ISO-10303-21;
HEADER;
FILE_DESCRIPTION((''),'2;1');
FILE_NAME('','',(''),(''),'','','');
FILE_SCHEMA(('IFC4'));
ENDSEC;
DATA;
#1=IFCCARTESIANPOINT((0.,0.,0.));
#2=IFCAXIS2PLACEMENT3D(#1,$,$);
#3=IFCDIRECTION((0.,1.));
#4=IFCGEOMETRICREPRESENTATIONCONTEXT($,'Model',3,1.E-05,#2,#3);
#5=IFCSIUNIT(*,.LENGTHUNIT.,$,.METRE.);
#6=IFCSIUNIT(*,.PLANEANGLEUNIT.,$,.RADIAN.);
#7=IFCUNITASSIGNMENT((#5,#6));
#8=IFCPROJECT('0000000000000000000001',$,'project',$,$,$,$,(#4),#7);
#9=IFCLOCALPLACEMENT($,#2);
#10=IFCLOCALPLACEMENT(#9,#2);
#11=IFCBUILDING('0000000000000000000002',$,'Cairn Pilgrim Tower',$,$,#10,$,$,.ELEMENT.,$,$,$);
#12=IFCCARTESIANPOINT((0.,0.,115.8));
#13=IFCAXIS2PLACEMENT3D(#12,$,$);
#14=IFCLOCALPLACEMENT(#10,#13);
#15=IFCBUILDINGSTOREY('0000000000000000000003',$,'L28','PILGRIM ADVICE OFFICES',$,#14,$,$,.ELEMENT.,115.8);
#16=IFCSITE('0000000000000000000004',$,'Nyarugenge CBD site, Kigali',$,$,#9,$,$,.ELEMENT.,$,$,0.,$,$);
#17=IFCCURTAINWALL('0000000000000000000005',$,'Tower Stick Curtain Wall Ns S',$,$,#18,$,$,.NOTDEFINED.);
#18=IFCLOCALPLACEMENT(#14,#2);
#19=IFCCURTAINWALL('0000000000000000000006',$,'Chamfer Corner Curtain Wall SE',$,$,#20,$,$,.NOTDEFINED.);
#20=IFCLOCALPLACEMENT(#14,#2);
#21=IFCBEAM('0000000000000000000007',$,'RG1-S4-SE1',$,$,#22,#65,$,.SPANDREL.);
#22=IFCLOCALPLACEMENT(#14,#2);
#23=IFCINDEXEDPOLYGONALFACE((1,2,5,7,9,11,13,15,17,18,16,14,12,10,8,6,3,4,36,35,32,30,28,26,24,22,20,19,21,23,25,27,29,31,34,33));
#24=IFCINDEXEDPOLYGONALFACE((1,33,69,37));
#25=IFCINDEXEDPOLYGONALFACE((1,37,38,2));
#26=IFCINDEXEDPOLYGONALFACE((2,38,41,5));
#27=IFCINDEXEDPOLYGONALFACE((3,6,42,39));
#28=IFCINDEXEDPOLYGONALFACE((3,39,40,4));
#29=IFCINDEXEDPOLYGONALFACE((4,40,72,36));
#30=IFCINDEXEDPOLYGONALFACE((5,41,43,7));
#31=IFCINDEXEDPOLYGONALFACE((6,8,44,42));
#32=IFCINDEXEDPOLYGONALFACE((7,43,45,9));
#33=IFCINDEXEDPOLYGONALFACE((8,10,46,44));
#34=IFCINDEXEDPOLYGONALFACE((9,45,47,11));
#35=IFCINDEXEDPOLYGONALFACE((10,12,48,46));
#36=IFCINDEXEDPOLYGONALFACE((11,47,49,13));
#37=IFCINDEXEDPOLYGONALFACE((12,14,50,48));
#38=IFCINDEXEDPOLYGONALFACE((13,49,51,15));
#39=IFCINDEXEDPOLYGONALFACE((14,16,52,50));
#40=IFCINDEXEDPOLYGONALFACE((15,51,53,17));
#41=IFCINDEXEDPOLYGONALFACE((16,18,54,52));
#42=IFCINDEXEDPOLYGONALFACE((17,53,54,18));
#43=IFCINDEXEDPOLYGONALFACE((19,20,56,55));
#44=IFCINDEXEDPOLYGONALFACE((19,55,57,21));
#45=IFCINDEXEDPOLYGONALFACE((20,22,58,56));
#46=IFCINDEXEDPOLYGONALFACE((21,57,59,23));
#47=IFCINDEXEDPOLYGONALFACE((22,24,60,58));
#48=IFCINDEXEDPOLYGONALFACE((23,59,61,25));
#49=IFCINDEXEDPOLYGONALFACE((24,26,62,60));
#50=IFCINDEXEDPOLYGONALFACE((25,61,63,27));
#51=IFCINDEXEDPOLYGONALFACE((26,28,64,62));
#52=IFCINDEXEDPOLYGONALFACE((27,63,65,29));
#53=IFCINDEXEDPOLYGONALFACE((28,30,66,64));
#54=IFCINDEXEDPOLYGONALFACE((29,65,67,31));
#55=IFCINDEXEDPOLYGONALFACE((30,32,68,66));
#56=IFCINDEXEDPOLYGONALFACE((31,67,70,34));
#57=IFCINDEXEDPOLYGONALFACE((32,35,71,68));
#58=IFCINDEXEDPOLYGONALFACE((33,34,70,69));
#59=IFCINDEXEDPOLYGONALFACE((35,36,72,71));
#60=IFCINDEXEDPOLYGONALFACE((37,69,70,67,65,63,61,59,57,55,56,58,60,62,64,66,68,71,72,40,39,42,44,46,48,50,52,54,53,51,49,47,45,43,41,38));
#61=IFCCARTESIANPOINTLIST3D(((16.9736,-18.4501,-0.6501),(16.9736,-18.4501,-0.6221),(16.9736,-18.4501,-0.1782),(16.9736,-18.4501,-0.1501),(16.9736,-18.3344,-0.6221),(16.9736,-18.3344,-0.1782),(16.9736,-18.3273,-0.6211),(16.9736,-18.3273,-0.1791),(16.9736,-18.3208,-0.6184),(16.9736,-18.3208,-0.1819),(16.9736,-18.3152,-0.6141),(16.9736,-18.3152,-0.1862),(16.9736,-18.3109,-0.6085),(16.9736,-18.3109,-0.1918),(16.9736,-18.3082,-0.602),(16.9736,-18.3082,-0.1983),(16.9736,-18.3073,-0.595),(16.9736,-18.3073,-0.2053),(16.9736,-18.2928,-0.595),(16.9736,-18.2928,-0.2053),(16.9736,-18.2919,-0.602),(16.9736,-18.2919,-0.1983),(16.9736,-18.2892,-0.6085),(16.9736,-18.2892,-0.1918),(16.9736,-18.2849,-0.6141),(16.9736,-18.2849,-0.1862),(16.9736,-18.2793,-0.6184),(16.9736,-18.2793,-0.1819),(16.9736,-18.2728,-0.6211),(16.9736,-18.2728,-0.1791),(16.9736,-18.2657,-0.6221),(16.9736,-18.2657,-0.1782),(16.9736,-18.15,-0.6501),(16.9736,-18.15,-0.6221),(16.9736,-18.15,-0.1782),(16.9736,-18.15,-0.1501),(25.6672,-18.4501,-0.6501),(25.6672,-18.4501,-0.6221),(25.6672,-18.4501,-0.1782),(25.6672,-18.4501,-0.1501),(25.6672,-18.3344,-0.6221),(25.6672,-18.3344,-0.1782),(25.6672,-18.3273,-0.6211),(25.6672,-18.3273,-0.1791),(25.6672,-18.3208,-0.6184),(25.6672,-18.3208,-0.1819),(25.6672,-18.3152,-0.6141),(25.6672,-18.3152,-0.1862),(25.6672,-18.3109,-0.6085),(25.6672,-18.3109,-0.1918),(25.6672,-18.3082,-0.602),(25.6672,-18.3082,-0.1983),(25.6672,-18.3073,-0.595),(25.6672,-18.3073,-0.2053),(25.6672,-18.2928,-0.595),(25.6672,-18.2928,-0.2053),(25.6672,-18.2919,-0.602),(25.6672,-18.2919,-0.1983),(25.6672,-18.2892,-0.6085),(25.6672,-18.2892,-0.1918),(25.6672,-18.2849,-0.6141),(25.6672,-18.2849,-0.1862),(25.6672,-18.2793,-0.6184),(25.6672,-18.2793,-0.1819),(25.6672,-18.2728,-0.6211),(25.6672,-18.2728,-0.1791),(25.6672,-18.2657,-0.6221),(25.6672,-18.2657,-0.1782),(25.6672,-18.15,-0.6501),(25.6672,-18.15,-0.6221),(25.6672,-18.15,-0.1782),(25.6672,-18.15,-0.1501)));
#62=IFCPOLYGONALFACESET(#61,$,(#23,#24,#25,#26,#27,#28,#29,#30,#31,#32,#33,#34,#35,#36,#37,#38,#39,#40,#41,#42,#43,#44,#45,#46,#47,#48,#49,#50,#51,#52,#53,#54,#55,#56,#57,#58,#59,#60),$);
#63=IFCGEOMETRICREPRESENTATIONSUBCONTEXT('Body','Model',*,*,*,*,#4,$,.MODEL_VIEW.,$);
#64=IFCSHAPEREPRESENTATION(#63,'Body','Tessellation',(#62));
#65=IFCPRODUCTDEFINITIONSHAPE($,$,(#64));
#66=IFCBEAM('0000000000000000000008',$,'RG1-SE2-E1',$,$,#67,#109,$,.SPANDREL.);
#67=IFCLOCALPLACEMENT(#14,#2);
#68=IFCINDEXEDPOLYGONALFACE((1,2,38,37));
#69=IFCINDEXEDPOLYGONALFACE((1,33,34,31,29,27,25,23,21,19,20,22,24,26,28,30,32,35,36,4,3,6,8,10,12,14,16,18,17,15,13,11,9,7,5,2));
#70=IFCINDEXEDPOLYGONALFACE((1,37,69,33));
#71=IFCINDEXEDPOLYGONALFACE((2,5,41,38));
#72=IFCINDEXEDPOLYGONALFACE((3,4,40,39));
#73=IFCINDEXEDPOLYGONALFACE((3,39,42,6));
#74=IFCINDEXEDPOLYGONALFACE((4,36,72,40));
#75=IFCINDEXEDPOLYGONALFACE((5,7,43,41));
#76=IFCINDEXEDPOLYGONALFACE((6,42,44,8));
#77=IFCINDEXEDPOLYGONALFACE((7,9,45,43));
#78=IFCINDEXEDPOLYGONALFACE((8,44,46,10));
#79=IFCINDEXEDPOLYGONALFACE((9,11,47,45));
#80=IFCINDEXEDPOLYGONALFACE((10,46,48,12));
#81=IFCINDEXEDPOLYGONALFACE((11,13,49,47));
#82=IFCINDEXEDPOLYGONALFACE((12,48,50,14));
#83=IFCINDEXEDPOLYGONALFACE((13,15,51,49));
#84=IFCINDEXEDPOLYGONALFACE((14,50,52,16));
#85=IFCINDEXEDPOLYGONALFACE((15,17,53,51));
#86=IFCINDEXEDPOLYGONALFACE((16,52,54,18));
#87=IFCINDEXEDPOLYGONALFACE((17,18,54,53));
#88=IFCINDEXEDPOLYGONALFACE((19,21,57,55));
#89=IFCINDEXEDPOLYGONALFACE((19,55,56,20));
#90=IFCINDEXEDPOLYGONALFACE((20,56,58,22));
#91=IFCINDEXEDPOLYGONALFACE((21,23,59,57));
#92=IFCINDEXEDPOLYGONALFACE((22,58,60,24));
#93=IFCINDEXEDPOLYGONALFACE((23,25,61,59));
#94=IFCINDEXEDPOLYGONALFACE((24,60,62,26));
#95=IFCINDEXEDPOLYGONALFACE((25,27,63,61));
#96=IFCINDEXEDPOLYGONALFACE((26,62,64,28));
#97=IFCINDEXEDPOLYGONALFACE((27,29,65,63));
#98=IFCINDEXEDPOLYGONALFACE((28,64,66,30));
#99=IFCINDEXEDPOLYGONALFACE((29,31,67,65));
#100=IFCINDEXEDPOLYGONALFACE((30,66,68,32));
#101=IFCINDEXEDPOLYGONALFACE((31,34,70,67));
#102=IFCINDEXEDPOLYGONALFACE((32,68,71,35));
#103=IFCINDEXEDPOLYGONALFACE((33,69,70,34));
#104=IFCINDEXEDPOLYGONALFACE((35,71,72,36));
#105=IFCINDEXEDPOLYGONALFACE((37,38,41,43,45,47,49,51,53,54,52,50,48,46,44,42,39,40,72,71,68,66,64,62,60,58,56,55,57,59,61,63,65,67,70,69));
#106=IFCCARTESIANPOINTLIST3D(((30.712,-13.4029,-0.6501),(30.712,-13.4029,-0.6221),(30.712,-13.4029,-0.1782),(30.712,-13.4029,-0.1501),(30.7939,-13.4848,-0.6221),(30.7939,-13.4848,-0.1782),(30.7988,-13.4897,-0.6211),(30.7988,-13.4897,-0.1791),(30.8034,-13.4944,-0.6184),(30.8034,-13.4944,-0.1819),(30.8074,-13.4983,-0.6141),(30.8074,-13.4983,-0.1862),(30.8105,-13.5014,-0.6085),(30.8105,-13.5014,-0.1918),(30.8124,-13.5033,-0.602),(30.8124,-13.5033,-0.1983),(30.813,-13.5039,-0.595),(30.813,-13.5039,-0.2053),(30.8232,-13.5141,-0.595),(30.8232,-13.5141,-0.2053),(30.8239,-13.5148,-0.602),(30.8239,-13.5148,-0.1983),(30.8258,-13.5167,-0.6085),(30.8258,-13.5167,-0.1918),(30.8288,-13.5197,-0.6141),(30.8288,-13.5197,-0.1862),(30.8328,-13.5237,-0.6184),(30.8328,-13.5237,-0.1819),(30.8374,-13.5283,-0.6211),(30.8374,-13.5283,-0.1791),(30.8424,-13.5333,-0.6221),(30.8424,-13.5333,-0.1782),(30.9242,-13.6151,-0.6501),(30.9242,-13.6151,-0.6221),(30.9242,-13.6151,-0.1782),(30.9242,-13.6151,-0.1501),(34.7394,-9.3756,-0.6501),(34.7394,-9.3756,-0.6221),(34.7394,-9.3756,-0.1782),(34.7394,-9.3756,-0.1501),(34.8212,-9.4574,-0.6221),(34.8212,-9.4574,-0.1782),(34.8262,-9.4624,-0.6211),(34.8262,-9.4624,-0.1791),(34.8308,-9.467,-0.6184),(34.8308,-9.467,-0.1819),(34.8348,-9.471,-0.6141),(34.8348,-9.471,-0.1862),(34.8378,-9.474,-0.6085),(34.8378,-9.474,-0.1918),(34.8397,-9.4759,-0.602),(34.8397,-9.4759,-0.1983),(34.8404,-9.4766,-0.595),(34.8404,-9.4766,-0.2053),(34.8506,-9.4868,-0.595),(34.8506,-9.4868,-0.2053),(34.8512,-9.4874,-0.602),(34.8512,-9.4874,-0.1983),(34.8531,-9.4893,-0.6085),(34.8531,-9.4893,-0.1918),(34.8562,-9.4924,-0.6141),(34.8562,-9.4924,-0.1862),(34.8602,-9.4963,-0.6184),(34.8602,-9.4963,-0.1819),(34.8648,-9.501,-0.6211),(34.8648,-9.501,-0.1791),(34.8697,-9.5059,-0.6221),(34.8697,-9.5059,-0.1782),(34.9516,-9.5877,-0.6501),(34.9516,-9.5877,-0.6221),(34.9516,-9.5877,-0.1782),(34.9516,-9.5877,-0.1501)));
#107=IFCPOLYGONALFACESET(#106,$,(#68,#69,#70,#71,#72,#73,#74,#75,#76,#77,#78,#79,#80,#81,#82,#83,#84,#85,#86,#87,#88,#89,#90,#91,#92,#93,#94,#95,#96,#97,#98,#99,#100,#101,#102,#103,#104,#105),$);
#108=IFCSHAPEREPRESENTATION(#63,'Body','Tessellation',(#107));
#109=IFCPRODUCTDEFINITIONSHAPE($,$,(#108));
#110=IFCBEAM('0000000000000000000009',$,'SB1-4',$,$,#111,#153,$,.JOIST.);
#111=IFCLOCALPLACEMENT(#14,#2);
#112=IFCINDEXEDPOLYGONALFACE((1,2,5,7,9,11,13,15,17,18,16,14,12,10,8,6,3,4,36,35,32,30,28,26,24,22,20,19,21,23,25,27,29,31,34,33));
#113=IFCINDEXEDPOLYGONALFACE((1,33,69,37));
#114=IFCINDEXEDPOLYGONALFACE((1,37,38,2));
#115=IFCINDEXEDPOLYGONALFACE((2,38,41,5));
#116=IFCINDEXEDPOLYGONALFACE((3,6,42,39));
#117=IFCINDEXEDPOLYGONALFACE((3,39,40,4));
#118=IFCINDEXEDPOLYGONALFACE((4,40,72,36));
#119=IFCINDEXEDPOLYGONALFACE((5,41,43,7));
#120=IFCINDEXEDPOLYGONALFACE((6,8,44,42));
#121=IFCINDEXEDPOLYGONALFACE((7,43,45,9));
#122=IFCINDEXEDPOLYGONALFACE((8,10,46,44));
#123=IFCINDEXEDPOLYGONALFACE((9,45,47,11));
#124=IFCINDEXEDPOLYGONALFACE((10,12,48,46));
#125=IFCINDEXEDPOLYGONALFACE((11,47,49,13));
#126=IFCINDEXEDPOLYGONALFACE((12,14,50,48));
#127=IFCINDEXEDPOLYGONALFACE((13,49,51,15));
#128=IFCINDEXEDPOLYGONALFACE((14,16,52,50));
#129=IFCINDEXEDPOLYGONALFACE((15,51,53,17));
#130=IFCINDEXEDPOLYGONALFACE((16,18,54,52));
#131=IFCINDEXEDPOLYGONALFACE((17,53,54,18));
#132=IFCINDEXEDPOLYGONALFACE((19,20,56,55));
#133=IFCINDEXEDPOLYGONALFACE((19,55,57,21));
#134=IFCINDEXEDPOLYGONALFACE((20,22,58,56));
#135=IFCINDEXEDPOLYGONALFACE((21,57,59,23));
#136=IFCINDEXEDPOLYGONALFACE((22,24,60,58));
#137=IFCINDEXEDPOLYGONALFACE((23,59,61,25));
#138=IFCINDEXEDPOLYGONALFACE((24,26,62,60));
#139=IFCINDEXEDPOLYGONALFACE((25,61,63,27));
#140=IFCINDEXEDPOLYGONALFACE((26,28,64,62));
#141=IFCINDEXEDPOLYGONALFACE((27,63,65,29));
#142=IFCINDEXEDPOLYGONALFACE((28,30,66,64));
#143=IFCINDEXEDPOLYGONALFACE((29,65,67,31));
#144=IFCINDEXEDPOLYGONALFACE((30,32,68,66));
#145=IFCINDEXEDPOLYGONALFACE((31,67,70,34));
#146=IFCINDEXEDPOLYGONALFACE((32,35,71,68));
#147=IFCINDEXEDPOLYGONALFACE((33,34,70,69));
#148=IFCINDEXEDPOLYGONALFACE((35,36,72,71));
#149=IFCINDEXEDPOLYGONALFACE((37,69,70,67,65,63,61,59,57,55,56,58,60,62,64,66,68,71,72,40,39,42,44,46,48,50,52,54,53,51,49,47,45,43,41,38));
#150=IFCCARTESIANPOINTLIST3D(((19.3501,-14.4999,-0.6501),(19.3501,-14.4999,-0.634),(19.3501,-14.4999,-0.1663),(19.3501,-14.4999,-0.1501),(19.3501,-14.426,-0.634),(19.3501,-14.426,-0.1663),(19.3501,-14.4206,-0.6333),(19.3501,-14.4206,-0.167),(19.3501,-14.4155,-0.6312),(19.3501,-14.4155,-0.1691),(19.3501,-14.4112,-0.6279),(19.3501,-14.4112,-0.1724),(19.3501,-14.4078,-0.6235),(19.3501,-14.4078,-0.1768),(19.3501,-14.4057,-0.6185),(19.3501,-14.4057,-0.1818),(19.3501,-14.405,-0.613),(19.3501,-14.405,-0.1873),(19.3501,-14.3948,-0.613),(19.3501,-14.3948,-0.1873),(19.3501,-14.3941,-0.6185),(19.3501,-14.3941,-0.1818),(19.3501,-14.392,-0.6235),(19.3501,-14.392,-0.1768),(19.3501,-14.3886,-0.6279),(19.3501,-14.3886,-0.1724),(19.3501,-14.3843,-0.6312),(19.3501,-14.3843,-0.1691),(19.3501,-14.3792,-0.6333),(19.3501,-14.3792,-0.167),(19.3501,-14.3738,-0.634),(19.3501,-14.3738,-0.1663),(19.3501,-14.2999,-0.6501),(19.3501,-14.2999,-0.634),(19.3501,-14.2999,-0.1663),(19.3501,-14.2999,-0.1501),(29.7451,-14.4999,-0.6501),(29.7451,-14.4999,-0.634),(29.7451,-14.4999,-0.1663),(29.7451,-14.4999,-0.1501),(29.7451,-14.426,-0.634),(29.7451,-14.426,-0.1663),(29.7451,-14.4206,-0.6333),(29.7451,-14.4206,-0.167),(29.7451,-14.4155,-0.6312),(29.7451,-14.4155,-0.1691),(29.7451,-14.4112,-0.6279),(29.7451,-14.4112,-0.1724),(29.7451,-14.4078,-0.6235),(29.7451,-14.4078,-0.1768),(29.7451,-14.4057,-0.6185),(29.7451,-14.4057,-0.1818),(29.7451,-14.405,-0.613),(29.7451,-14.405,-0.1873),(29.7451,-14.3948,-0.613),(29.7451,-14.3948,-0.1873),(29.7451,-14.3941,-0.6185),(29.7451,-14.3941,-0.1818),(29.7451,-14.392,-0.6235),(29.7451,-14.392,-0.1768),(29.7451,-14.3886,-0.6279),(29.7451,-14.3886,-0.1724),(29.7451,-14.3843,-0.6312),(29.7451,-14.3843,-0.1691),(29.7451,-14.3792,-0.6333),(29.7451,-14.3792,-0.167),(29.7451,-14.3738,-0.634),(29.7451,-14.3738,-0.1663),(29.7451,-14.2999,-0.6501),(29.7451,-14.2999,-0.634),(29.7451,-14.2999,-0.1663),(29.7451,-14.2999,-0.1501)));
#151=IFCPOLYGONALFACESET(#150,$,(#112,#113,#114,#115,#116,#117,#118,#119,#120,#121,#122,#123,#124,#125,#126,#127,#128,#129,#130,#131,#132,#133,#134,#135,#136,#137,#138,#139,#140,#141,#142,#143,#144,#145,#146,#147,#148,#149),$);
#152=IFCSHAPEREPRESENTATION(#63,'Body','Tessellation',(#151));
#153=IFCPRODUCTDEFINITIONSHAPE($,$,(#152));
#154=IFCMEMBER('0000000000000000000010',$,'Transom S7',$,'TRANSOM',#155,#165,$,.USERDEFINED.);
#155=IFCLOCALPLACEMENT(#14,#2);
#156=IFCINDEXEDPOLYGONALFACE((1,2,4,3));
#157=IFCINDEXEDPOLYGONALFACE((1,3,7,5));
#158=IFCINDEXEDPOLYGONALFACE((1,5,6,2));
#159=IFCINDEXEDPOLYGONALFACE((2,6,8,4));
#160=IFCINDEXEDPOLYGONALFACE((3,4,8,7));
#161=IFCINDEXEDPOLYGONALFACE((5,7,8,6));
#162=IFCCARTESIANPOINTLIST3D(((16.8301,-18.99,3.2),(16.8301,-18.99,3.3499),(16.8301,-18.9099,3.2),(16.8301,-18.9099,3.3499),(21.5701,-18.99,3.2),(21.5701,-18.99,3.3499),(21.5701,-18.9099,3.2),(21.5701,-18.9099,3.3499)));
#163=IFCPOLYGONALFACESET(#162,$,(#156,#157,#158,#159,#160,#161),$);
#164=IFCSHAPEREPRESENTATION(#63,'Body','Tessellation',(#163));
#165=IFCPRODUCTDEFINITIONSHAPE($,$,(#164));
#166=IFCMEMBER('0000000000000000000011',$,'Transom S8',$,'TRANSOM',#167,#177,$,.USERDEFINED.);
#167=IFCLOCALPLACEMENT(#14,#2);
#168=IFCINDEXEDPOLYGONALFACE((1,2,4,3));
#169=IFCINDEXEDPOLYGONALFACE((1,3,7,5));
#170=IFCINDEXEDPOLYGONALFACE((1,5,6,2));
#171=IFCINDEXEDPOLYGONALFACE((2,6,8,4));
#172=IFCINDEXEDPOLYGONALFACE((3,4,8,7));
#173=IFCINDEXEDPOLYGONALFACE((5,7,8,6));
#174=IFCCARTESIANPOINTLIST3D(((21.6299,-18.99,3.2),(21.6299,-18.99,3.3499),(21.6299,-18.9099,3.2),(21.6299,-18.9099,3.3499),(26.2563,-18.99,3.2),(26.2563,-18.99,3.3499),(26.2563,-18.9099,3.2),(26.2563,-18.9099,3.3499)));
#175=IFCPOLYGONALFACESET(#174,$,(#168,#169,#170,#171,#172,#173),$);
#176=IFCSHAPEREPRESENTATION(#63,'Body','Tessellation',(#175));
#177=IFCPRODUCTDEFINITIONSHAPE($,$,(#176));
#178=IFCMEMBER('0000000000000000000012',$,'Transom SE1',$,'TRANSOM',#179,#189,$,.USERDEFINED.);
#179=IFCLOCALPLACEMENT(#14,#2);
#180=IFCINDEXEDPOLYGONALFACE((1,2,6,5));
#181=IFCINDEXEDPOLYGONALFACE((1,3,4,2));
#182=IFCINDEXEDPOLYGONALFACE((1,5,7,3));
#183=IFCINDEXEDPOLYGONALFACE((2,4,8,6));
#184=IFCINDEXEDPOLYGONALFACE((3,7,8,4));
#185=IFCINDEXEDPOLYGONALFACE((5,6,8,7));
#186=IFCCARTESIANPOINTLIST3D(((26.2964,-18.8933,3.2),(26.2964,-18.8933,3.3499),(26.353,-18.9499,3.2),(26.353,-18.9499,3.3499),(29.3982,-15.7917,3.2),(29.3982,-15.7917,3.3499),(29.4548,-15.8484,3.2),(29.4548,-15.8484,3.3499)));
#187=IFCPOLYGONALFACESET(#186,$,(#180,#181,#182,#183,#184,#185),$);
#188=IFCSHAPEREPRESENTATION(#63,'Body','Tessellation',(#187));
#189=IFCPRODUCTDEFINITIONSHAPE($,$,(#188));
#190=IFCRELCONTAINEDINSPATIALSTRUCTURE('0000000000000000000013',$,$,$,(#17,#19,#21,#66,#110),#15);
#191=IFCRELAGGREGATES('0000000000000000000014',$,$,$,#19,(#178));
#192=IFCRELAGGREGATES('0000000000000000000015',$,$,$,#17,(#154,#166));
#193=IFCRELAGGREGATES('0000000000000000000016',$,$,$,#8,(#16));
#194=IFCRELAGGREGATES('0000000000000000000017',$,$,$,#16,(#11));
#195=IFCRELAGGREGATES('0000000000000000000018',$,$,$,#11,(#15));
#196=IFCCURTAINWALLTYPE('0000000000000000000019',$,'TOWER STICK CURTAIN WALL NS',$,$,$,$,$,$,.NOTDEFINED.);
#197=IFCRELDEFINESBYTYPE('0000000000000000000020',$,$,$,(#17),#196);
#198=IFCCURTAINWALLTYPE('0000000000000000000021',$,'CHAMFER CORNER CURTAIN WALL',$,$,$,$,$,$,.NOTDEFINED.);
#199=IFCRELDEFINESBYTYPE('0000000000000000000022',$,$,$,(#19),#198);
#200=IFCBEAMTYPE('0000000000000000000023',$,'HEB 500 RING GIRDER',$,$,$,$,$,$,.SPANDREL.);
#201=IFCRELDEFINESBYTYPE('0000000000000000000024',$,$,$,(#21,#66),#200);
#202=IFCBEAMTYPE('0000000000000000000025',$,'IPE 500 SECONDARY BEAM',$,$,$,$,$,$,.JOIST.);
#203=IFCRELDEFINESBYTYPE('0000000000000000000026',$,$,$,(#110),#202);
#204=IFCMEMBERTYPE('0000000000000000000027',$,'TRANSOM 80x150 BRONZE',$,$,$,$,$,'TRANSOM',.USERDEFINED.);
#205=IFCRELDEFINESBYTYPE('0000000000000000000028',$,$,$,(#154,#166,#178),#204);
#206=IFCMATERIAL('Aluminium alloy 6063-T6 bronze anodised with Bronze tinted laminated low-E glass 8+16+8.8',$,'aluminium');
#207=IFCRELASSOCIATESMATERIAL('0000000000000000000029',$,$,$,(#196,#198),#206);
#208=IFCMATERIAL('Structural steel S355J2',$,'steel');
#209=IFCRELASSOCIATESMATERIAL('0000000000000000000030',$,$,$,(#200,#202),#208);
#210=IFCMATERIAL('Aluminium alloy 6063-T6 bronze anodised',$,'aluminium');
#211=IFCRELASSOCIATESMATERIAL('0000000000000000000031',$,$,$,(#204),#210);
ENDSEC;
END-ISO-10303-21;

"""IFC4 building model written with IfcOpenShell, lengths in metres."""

from ifc_helpers import new_model, si_unit, direction, frame, origin, origin_2d, place, context, subcontext, project, spatial, rectangle, i_section, extrude, material, material_profile, profile_set, type_object, element, aggregate, save


model = new_model("IFC4")

# Units and contexts
model_context = context("Model", 3, precision=1e-05, world=origin(), true_north=direction((0.0, 1.0)))
body_context = subcontext(model_context, "Body", "Model", "MODEL_VIEW")
ifc_project = project(units=[si_unit("LENGTHUNIT", "METRE"), si_unit("PLANEANGLEUNIT", "RADIAN")], contexts=[model_context])

# Site, building, storey
site_placement = place(None, origin())
site = spatial("IfcSite", under=ifc_project, at=site_placement, Name="Nyarugenge CBD site, Kigali", CompositionType="ELEMENT", RefElevation=0.0)
building_placement = place(site_placement, origin())
building = spatial("IfcBuilding", under=site, at=building_placement, Name="Cairn Pilgrim Tower", CompositionType="ELEMENT")
storey_placement = place(building_placement, frame((0.0, 0.0, 115.8)))
storey = spatial("IfcBuildingStorey", under=building, at=storey_placement, Name="L28", Description="PILGRIM ADVICE OFFICES", CompositionType="ELEMENT", Elevation=115.8)

# Shared definitions
ifc_material_1 = material(Name="Structural steel S355J2", Category="steel")

# Curtain wall
ifc_material_2 = material(Name="Aluminium alloy 6063-T6 bronze anodised with Bronze tinted laminated low-E glass 8+16+8.8", Category="aluminium")
curtain_wall_type_1 = type_object("IfcCurtainWallType", Name="TOWER STICK CURTAIN WALL NS", PredefinedType="NOTDEFINED", material=ifc_material_2)
curtain_wall_1_placement = place(storey_placement, origin())
curtain_wall_1 = element("IfcCurtainWall", 1, at=curtain_wall_1_placement, inside=storey, type_object=curtain_wall_type_1, Name="Tower Stick Curtain Wall Ns S", PredefinedType="NOTDEFINED")
ifc_material_3 = material(Name="Aluminium alloy 6063-T6 bronze anodised", Category="aluminium")

# Curtain wall
curtain_wall_type_2 = type_object("IfcCurtainWallType", Name="CHAMFER CORNER CURTAIN WALL", PredefinedType="NOTDEFINED", material=ifc_material_2)
curtain_wall_2_placement = place(storey_placement, origin())
curtain_wall_2 = element("IfcCurtainWall", 2, at=curtain_wall_2_placement, inside=storey, type_object=curtain_wall_type_2, Name="Chamfer Corner Curtain Wall SE", PredefinedType="NOTDEFINED")

# Beams
ifc_material_profile_1 = material_profile(ifc_material_1, i_section(OverallWidth=0.3, OverallDepth=0.5, WebThickness=0.0144, FlangeThickness=0.0281, FilletRadius=0.0271, at=origin_2d()), Name="HEB 500")
ifc_profile_set_1 = profile_set([ifc_material_profile_1], Name="Structural steel S355J2")
beam_type_1 = type_object("IfcBeamType", Name="HEB 500 RING GIRDER", PredefinedType="SPANDREL", material=ifc_profile_set_1)
beam_1_placement = place(storey_placement, frame((16.9736, -18.3, -0.4001), z_axis=(1.0, 0.0, 0.0), x_axis=(0.0, 1.0, 0.0)))
element("IfcBeam", 3, at=beam_1_placement, inside=storey, type_object=beam_type_1, Name="RG1-S4-SE1", PredefinedType="SPANDREL", context=body_context, shape_type="SweptSolid", body=[
    extrude(i_section(OverallWidth=0.3, OverallDepth=0.5, WebThickness=0.0144, FlangeThickness=0.0281, FilletRadius=0.0271, at=origin_2d()), origin(), (0.0, 0.0, 1.0), 8.6936),
])
beam_2_placement = place(storey_placement, frame((30.8181, -13.509, -0.4001), z_axis=(0.707107, 0.707107, 0.0), x_axis=(-0.707107, 0.707107, 0.0)))
element("IfcBeam", 4, at=beam_2_placement, inside=storey, type_object=beam_type_1, Name="RG1-SE2-E1", PredefinedType="SPANDREL", context=body_context, shape_type="SweptSolid", body=[
    extrude(i_section(OverallWidth=0.3, OverallDepth=0.5, WebThickness=0.0144, FlangeThickness=0.0281, FilletRadius=0.0271, at=origin_2d()), origin(), (0.0, 0.0, 1.0), 5.6956),
])
ifc_material_profile_2 = material_profile(ifc_material_1, i_section(OverallWidth=0.2, OverallDepth=0.5, WebThickness=0.0103, FlangeThickness=0.0161, FilletRadius=0.021, at=origin_2d()), Name="IPE 500")
ifc_profile_set_2 = profile_set([ifc_material_profile_2], Name="Structural steel S355J2")
beam_type_2 = type_object("IfcBeamType", Name="IPE 500 SECONDARY BEAM", PredefinedType="JOIST", material=ifc_profile_set_2)
beam_3_placement = place(storey_placement, frame((19.3501, -14.3999, -0.4001), z_axis=(1.0, 0.0, 0.0), x_axis=(0.0, 1.0, 0.0)))
element("IfcBeam", 5, at=beam_3_placement, inside=storey, type_object=beam_type_2, Name="SB1-4", PredefinedType="JOIST", context=body_context, shape_type="SweptSolid", body=[
    extrude(i_section(OverallWidth=0.2, OverallDepth=0.5, WebThickness=0.0103, FlangeThickness=0.0161, FilletRadius=0.021, at=origin_2d()), origin(), (0.0, 0.0, 1.0), 10.395),
])

# Members
ifc_material_profile_3 = material_profile(ifc_material_3, rectangle(XDim=0.0801, YDim=0.1499, at=origin_2d()), Name="TRANSOM 80x150 BRONZE")
ifc_profile_set_3 = profile_set([ifc_material_profile_3], Name="Aluminium alloy 6063-T6 bronze anodised")
member_type_1 = type_object("IfcMemberType", Name="TRANSOM 80x150 BRONZE", ElementType="TRANSOM", PredefinedType="USERDEFINED", material=ifc_profile_set_3)
member_1_placement = place(storey_placement, frame((16.8301, -18.95, 3.2749), z_axis=(1.0, 0.0, 0.0), x_axis=(0.0, 1.0, 0.0)))
member_1 = element("IfcMember", 6, at=member_1_placement, type_object=member_type_1, Name="Transom S7", ObjectType="TRANSOM", PredefinedType="USERDEFINED", context=body_context, shape_type="SweptSolid", body=[
    extrude(rectangle(XDim=0.0801, YDim=0.1499, at=origin_2d()), origin(), (0.0, 0.0, 1.0), 4.74),
])
member_2_placement = place(storey_placement, frame((21.6299, -18.95, 3.2749), z_axis=(1.0, 0.0, 0.0), x_axis=(0.0, 1.0, 0.0)))
member_2 = element("IfcMember", 7, at=member_2_placement, type_object=member_type_1, Name="Transom S8", ObjectType="TRANSOM", PredefinedType="USERDEFINED", context=body_context, shape_type="SweptSolid", body=[
    extrude(rectangle(XDim=0.0801, YDim=0.1499, at=origin_2d()), origin(), (0.0, 0.0, 1.0), 4.6265),
])
member_3_placement = place(storey_placement, frame((26.3247, -18.9216, 3.2749), z_axis=(0.707135, 0.707079, 0.0), x_axis=(-0.707079, 0.707135, 0.0)))
member_3 = element("IfcMember", 8, at=member_3_placement, type_object=member_type_1, Name="Transom SE1", ObjectType="TRANSOM", PredefinedType="USERDEFINED", context=body_context, shape_type="SweptSolid", body=[
    extrude(rectangle(XDim=0.0801, YDim=0.1499, at=origin_2d()), origin(), (0.0, 0.0, 1.0), 4.3865),
])

aggregate(curtain_wall_2, [member_3])
aggregate(curtain_wall_1, [member_1, member_2])

save(model, "model.ifc")
